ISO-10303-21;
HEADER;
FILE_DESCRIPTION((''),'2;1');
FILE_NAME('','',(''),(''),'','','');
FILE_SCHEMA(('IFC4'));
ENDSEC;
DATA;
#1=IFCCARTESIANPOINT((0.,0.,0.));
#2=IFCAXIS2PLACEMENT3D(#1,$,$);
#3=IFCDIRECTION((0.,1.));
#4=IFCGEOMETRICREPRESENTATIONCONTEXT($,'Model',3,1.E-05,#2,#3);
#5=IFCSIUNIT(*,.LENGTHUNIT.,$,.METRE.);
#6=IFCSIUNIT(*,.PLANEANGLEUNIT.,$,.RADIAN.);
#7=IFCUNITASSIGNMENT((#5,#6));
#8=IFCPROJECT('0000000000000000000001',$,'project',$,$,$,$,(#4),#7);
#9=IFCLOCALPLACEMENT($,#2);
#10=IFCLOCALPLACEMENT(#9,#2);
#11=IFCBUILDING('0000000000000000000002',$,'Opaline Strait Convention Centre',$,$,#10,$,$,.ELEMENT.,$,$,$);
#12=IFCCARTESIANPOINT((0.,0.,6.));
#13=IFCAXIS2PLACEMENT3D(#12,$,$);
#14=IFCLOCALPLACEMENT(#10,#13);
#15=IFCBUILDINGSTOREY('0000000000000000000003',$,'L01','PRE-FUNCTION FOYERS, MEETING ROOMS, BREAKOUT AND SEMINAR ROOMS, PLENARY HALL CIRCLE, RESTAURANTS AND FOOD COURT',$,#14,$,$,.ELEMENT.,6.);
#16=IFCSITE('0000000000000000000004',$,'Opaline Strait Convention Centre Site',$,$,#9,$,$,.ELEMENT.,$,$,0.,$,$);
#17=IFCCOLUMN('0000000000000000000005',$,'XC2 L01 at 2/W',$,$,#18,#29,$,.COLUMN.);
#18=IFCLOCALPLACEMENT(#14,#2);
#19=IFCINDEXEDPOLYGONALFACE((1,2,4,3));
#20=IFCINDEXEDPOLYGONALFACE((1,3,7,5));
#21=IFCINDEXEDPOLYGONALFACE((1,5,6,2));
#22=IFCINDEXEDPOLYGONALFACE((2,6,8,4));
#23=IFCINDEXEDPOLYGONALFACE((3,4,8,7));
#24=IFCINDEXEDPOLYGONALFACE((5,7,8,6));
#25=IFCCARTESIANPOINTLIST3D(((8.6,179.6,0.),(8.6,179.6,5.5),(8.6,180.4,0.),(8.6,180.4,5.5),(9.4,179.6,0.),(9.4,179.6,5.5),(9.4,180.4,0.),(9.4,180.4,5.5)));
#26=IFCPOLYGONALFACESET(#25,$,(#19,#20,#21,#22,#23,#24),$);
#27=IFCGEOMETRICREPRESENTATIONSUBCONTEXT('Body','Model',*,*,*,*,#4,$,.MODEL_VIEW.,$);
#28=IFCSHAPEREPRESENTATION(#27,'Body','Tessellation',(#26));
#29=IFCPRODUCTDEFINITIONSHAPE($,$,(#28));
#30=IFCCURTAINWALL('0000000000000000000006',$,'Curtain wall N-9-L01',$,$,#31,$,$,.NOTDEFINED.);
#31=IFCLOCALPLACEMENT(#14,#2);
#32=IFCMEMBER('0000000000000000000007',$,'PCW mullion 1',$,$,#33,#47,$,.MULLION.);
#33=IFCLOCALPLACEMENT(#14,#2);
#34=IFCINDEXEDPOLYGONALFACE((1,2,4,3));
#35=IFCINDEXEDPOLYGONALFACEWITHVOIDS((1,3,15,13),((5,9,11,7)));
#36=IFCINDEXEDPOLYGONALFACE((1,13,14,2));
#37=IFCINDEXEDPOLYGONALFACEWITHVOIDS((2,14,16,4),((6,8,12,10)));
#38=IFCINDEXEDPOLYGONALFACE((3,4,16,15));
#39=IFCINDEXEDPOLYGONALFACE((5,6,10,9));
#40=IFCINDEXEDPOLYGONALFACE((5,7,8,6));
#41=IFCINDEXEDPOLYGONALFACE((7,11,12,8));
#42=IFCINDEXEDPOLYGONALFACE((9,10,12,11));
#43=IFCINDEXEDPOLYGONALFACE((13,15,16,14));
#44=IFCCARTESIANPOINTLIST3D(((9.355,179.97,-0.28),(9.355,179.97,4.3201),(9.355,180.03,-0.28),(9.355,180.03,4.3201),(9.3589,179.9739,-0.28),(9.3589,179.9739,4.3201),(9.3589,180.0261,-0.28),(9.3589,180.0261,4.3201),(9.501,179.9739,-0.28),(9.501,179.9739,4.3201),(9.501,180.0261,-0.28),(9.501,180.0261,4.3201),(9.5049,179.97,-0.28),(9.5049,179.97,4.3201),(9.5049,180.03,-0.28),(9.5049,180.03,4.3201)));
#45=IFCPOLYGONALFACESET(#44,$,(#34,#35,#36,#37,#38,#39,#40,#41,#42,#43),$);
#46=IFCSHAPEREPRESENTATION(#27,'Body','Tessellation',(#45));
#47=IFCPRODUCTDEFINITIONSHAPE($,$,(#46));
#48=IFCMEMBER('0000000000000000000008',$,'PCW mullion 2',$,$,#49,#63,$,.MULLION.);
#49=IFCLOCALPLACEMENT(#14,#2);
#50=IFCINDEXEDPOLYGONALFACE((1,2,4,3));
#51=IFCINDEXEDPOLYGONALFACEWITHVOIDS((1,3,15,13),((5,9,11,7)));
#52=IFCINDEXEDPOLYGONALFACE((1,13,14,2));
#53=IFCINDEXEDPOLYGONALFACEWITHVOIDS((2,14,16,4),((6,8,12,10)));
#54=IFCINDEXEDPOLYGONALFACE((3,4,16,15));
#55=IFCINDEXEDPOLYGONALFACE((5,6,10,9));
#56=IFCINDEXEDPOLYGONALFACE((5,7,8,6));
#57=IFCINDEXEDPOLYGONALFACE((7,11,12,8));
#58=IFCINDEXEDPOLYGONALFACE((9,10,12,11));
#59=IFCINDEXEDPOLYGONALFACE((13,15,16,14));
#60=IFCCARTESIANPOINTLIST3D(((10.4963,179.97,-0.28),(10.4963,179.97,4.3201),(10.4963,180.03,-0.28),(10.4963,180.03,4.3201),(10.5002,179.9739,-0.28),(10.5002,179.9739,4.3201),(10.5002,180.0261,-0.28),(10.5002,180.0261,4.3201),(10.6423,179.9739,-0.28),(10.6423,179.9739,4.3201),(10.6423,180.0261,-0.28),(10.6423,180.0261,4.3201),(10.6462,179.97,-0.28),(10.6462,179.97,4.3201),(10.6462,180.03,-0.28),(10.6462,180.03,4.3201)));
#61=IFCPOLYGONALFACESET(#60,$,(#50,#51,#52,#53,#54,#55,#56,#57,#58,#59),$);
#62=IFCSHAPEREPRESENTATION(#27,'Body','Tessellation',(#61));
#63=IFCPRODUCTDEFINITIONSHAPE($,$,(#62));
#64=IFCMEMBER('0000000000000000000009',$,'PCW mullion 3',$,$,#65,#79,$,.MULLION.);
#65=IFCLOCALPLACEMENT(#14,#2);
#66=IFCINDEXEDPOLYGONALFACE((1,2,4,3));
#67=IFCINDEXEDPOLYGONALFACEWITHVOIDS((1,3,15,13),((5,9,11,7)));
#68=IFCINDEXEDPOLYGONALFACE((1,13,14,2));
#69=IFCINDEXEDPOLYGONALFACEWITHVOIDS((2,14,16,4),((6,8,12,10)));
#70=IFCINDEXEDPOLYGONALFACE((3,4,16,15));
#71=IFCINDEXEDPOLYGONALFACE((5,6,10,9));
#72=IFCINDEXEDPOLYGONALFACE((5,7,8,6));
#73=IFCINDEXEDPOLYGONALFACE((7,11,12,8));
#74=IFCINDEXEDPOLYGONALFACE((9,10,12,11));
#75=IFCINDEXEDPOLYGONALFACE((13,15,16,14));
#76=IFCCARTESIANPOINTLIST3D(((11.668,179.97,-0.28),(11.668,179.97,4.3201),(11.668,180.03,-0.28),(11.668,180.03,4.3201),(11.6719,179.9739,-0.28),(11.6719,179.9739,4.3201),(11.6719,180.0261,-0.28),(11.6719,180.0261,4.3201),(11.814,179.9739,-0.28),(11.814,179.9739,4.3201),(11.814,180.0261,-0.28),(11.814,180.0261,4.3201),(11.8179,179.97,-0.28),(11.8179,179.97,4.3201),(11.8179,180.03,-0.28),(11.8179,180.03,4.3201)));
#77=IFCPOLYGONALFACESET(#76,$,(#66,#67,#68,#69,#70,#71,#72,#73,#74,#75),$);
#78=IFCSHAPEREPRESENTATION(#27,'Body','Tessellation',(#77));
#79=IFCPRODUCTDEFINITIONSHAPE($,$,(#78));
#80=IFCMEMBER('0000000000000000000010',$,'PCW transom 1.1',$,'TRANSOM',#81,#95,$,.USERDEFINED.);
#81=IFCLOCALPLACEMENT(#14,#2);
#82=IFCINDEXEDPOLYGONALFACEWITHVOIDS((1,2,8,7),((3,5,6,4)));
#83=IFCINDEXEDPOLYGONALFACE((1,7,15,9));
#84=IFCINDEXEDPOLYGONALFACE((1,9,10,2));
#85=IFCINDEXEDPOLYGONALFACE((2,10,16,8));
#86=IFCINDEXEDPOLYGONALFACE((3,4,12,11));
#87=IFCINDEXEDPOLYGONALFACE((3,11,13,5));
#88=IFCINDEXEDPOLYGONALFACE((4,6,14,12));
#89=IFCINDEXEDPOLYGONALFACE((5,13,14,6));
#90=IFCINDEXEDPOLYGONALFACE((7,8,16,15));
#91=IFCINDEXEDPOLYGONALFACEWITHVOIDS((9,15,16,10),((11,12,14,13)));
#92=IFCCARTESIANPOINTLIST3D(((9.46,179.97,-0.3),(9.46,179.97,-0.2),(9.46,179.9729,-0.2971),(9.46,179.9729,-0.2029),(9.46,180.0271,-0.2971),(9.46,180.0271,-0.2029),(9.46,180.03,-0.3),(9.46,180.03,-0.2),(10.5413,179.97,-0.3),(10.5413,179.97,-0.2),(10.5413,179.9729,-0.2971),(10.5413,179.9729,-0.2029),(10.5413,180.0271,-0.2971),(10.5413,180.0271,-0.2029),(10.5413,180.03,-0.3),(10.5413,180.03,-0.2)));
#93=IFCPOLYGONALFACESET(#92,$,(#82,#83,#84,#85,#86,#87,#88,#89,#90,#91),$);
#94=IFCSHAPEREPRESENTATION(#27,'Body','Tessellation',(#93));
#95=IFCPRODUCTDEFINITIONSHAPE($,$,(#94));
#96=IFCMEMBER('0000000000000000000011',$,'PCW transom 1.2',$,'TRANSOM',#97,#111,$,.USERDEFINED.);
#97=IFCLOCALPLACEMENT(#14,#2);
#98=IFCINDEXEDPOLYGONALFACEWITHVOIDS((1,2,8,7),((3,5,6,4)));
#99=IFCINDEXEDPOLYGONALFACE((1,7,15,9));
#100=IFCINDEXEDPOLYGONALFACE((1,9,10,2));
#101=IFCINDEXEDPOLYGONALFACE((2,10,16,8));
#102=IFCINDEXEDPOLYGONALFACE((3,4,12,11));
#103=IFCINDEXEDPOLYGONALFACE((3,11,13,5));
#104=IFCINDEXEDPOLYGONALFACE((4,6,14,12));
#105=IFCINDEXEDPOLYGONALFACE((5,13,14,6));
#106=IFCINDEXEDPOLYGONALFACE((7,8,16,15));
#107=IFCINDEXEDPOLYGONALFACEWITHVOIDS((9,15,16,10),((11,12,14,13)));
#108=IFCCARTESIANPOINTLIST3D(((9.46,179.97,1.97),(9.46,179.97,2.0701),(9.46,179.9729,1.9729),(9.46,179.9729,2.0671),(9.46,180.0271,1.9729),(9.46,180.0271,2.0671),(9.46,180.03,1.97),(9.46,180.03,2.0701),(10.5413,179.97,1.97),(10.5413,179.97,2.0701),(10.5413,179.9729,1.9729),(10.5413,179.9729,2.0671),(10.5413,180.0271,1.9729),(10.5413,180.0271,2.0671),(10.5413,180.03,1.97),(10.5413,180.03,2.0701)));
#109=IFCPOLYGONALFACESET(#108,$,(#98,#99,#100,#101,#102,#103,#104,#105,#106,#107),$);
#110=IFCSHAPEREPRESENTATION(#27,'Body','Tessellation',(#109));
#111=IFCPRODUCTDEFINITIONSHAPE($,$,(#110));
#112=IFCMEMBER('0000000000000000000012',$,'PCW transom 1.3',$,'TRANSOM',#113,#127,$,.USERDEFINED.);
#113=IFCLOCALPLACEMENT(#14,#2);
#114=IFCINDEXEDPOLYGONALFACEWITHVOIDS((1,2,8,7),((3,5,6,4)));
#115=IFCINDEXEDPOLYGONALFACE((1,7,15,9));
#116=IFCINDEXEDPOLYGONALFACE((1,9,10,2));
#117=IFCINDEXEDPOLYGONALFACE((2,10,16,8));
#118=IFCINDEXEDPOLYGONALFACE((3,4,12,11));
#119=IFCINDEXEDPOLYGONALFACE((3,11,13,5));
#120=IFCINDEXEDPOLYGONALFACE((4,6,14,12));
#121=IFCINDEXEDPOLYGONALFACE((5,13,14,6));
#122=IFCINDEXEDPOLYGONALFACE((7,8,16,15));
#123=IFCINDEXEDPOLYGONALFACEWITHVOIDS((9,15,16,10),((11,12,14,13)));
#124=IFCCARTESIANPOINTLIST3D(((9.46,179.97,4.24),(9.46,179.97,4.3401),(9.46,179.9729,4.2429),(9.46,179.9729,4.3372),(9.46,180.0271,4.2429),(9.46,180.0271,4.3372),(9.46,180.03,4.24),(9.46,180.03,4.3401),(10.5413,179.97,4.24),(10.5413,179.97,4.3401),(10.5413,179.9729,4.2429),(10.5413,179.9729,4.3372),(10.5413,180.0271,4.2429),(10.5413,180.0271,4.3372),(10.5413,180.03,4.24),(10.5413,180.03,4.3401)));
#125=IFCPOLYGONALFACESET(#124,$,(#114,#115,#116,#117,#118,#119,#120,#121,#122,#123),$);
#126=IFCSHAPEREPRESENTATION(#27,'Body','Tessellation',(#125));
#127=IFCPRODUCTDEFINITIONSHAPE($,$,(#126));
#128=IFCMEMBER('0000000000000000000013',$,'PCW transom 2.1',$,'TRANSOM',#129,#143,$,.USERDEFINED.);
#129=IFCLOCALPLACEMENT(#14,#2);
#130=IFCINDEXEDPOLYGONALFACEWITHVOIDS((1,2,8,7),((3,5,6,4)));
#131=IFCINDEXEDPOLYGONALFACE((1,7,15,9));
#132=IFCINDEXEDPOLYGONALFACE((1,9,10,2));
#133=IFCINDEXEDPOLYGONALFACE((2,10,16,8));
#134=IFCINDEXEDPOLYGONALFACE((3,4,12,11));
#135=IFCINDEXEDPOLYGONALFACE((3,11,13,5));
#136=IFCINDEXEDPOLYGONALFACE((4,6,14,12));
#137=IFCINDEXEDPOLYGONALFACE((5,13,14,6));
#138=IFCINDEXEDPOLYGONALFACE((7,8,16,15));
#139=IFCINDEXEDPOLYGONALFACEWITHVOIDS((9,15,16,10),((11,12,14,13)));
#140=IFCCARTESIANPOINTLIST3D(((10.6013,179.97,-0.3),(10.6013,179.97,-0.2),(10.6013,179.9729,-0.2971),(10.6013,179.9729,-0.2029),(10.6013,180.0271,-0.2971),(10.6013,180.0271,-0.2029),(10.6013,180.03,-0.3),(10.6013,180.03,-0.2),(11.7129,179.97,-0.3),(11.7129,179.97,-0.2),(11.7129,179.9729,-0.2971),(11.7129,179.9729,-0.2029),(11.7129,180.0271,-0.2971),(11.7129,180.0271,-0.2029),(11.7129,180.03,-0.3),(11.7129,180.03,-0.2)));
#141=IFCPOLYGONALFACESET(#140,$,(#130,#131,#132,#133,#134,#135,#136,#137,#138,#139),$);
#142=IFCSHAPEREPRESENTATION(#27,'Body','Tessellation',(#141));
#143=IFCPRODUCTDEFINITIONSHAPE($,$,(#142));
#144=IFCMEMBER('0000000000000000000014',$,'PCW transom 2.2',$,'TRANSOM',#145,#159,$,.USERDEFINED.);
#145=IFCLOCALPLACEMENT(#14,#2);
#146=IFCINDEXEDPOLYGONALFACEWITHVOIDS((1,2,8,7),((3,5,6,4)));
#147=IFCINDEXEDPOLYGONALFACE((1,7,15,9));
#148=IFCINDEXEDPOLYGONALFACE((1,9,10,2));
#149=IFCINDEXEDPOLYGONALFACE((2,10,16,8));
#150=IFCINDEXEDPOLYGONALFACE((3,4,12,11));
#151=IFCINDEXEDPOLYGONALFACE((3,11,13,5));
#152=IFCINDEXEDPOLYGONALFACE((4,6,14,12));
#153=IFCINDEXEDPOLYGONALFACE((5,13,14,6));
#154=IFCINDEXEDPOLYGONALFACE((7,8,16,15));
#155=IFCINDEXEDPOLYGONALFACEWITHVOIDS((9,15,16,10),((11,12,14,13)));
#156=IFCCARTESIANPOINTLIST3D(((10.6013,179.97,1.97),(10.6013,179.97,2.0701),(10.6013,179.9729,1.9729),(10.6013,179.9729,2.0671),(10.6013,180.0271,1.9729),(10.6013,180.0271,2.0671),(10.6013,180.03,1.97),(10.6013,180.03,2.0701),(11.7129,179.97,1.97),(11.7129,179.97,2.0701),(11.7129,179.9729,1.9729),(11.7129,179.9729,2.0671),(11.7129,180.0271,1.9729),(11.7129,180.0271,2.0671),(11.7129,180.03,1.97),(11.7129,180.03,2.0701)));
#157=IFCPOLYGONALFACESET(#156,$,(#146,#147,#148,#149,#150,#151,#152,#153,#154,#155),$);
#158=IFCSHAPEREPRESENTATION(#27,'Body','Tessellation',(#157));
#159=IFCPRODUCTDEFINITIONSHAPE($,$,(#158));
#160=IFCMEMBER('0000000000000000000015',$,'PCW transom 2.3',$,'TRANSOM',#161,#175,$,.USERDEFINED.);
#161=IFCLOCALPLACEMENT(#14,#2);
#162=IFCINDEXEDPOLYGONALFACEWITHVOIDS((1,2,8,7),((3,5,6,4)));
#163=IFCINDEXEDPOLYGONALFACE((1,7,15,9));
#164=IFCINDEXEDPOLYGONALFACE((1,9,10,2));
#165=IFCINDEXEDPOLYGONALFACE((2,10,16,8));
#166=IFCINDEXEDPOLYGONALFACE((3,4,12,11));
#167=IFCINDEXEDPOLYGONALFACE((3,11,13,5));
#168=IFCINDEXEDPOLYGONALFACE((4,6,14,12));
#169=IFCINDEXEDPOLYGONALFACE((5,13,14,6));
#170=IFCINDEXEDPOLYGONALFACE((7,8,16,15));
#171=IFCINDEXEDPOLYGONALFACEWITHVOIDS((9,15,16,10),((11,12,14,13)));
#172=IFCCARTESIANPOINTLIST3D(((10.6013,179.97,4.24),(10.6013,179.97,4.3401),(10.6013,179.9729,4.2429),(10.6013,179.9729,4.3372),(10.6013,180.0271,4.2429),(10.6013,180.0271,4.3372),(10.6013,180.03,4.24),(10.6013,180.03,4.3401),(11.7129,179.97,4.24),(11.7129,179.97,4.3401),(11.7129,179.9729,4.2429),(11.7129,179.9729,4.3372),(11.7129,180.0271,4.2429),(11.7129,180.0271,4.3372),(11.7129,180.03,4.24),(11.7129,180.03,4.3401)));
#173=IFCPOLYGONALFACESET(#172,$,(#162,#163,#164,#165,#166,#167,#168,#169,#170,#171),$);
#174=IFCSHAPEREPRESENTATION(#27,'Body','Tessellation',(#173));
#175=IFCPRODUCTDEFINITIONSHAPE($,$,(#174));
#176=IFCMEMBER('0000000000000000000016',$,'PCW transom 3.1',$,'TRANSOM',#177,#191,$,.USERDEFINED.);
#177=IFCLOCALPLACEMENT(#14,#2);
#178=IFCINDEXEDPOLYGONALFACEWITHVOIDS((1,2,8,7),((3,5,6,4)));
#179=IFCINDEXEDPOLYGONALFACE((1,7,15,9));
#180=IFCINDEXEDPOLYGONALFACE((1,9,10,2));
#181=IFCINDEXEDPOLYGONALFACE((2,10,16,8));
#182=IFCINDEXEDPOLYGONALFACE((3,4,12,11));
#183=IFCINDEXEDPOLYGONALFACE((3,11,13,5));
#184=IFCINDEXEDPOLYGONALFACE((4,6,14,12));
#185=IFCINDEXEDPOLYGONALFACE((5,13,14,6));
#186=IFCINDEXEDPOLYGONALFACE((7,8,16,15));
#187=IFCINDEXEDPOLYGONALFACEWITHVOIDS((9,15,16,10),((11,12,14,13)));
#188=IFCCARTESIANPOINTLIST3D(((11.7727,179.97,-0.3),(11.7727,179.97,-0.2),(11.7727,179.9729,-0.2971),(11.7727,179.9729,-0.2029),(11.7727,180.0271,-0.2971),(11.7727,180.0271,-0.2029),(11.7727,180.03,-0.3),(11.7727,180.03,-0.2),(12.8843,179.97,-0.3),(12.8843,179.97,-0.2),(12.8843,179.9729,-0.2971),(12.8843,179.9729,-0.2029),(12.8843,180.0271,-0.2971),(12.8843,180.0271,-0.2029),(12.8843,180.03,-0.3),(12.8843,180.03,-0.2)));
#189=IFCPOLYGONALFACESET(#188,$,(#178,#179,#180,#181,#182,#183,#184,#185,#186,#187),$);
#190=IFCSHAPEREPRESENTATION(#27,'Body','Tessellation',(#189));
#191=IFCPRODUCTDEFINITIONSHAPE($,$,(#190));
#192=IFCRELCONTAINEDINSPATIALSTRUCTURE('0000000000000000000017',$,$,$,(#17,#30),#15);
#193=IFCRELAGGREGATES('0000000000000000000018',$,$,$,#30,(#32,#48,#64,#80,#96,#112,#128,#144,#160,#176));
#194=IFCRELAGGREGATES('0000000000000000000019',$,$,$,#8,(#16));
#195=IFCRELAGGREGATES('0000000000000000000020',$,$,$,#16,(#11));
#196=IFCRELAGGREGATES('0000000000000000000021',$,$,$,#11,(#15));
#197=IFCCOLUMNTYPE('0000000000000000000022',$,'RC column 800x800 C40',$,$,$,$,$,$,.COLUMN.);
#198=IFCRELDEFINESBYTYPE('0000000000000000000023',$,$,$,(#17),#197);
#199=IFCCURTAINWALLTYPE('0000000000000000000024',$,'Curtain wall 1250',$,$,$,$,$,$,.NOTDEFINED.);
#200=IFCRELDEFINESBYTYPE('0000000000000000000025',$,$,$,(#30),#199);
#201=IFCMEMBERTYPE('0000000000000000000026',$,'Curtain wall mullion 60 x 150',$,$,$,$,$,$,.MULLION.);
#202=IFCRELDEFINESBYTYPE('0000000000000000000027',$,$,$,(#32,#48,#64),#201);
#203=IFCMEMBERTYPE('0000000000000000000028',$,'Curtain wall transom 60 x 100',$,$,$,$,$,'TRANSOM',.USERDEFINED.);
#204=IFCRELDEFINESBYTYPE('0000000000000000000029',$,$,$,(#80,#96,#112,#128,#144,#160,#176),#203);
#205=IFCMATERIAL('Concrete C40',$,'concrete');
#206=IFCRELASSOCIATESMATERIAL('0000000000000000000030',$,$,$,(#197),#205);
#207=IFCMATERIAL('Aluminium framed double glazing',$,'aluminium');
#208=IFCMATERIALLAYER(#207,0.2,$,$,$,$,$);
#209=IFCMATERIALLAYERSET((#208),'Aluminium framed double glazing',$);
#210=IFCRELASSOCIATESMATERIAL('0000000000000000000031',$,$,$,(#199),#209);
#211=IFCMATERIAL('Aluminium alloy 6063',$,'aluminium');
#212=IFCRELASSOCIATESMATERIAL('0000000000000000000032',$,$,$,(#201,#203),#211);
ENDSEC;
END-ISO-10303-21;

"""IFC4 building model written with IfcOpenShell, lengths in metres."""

from ifc_helpers import new_model, si_unit, direction, frame, origin, origin_2d, place, context, subcontext, project, spatial, rectangle, hollow_rectangle, extrude, material, layer, layer_set, material_profile, profile_set, type_object, element, aggregate, save


model = new_model("IFC4")

# Units and contexts
model_context = context("Model", 3, precision=1e-05, world=origin(), true_north=direction((0.0, 1.0)))
body_context = subcontext(model_context, "Body", "Model", "MODEL_VIEW")
ifc_project = project(units=[si_unit("LENGTHUNIT", "METRE"), si_unit("PLANEANGLEUNIT", "RADIAN")], contexts=[model_context])

# Site, building, storey
site_placement = place(None, origin())
site = spatial("IfcSite", under=ifc_project, at=site_placement, Name="Opaline Strait Convention Centre Site", CompositionType="ELEMENT", RefElevation=0.0)
building_placement = place(site_placement, origin())
building = spatial("IfcBuilding", under=site, at=building_placement, Name="Opaline Strait Convention Centre", CompositionType="ELEMENT")
storey_placement = place(building_placement, frame((0.0, 0.0, 6.0)))
storey = spatial("IfcBuildingStorey", under=building, at=storey_placement, Name="L01", Description="PRE-FUNCTION FOYERS, MEETING ROOMS, BREAKOUT AND SEMINAR ROOMS, PLENARY HALL CIRCLE, RESTAURANTS AND FOOD COURT", CompositionType="ELEMENT", Elevation=6.0)

# Column
ifc_material_1 = material(Name="Concrete C40", Category="concrete")
ifc_material_profile_1 = material_profile(ifc_material_1, rectangle(XDim=0.8, YDim=0.8, at=origin_2d()), Name="RC 800x800")
ifc_profile_set_1 = profile_set([ifc_material_profile_1], Name="Concrete C40")
column_type = type_object("IfcColumnType", Name="RC column 800x800 C40", PredefinedType="COLUMN", material=ifc_profile_set_1)
column_placement = place(storey_placement, frame((9.0, 180.0, 0.0), z_axis=(0.0, 0.0, 1.0), x_axis=(1.0, 0.0, 0.0)))
element("IfcColumn", 1, at=column_placement, inside=storey, type_object=column_type, Name="XC2 L01 at 2/W", PredefinedType="COLUMN", context=body_context, shape_type="SweptSolid", body=[
    extrude(rectangle(XDim=0.8, YDim=0.8, at=origin_2d()), origin(), (0.0, 0.0, 1.0), 5.5),
])

# Curtain wall, members
ifc_material_2 = material(Name="Aluminium framed double glazing", Category="aluminium")
ifc_layer_1 = layer(ifc_material_2, 0.2)
ifc_layer_set_1 = layer_set([ifc_layer_1], Name="Aluminium framed double glazing")
curtain_wall_type = type_object("IfcCurtainWallType", Name="Curtain wall 1250", PredefinedType="NOTDEFINED", material=ifc_layer_set_1)
curtain_wall_placement = place(storey_placement, origin())
curtain_wall = element("IfcCurtainWall", 2, at=curtain_wall_placement, inside=storey, type_object=curtain_wall_type, Name="Curtain wall N-9-L01", PredefinedType="NOTDEFINED")
ifc_material_3 = material(Name="Aluminium alloy 6063", Category="aluminium")
ifc_material_profile_2 = material_profile(ifc_material_3, hollow_rectangle(XDim=0.0601, YDim=0.1499, WallThickness=0.0039, at=origin_2d()), Name="MULLION 60x150x4")
ifc_profile_set_2 = profile_set([ifc_material_profile_2], Name="Aluminium alloy 6063")
member_type_1 = type_object("IfcMemberType", Name="Curtain wall mullion 60 x 150", PredefinedType="MULLION", material=ifc_profile_set_2)
member_1_placement = place(storey_placement, frame((9.4299, 180.0, -0.28), z_axis=(0.0, 0.0, 1.0), x_axis=(0.0, 1.0, 0.0)))
member_1 = element("IfcMember", 3, at=member_1_placement, type_object=member_type_1, Name="PCW mullion 1", PredefinedType="MULLION", context=body_context, shape_type="SweptSolid", body=[
    extrude(hollow_rectangle(XDim=0.0601, YDim=0.1499, WallThickness=0.0039, at=origin_2d()), origin(), (0.0, 0.0, 1.0), 4.6001),
])
member_2_placement = place(storey_placement, frame((10.5713, 180.0, -0.28), z_axis=(0.0, 0.0, 1.0), x_axis=(0.0, 1.0, 0.0)))
member_2 = element("IfcMember", 4, at=member_2_placement, type_object=member_type_1, Name="PCW mullion 2", PredefinedType="MULLION", context=body_context, shape_type="SweptSolid", body=[
    extrude(hollow_rectangle(XDim=0.0601, YDim=0.1499, WallThickness=0.0039, at=origin_2d()), origin(), (0.0, 0.0, 1.0), 4.6001),
])
member_3_placement = place(storey_placement, frame((11.7429, 180.0, -0.28), z_axis=(0.0, 0.0, 1.0), x_axis=(0.0, 1.0, 0.0)))
member_3 = element("IfcMember", 5, at=member_3_placement, type_object=member_type_1, Name="PCW mullion 3", PredefinedType="MULLION", context=body_context, shape_type="SweptSolid", body=[
    extrude(hollow_rectangle(XDim=0.0601, YDim=0.1499, WallThickness=0.0039, at=origin_2d()), origin(), (0.0, 0.0, 1.0), 4.6001),
])
ifc_material_profile_3 = material_profile(ifc_material_3, hollow_rectangle(XDim=0.0601, YDim=0.1001, WallThickness=0.0029, at=origin_2d()), Name="TRANSOM 60x100x3")
ifc_profile_set_3 = profile_set([ifc_material_profile_3], Name="Aluminium alloy 6063")
member_type_2 = type_object("IfcMemberType", Name="Curtain wall transom 60 x 100", ElementType="TRANSOM", PredefinedType="USERDEFINED", material=ifc_profile_set_3)
member_4_placement = place(storey_placement, frame((9.46, 180.0, -0.25), z_axis=(1.0, 0.0, 0.0), x_axis=(0.0, 1.0, 0.0)))
member_4 = element("IfcMember", 6, at=member_4_placement, type_object=member_type_2, Name="PCW transom 1.1", ObjectType="TRANSOM", PredefinedType="USERDEFINED", context=body_context, shape_type="SweptSolid", body=[
    extrude(hollow_rectangle(XDim=0.0601, YDim=0.1001, WallThickness=0.0029, at=origin_2d()), origin(), (0.0, 0.0, 1.0), 1.0813),
])
member_5_placement = place(storey_placement, frame((9.46, 180.0, 2.02), z_axis=(1.0, 0.0, 0.0), x_axis=(0.0, 1.0, 0.0)))
member_5 = element("IfcMember", 7, at=member_5_placement, type_object=member_type_2, Name="PCW transom 1.2", ObjectType="TRANSOM", PredefinedType="USERDEFINED", context=body_context, shape_type="SweptSolid", body=[
    extrude(hollow_rectangle(XDim=0.0601, YDim=0.1001, WallThickness=0.0029, at=origin_2d()), origin(), (0.0, 0.0, 1.0), 1.0813),
])
member_6_placement = place(storey_placement, frame((9.46, 180.0, 4.29), z_axis=(1.0, 0.0, 0.0), x_axis=(0.0, 1.0, 0.0)))
member_6 = element("IfcMember", 8, at=member_6_placement, type_object=member_type_2, Name="PCW transom 1.3", ObjectType="TRANSOM", PredefinedType="USERDEFINED", context=body_context, shape_type="SweptSolid", body=[
    extrude(hollow_rectangle(XDim=0.0601, YDim=0.1001, WallThickness=0.0029, at=origin_2d()), origin(), (0.0, 0.0, 1.0), 1.0813),
])
member_7_placement = place(storey_placement, frame((10.6013, 180.0, -0.25), z_axis=(1.0, 0.0, 0.0), x_axis=(0.0, 1.0, 0.0)))
member_7 = element("IfcMember", 9, at=member_7_placement, type_object=member_type_2, Name="PCW transom 2.1", ObjectType="TRANSOM", PredefinedType="USERDEFINED", context=body_context, shape_type="SweptSolid", body=[
    extrude(hollow_rectangle(XDim=0.0601, YDim=0.1001, WallThickness=0.0029, at=origin_2d()), origin(), (0.0, 0.0, 1.0), 1.1116),
])
member_8_placement = place(storey_placement, frame((10.6013, 180.0, 2.02), z_axis=(1.0, 0.0, 0.0), x_axis=(0.0, 1.0, 0.0)))
member_8 = element("IfcMember", 10, at=member_8_placement, type_object=member_type_2, Name="PCW transom 2.2", ObjectType="TRANSOM", PredefinedType="USERDEFINED", context=body_context, shape_type="SweptSolid", body=[
    extrude(hollow_rectangle(XDim=0.0601, YDim=0.1001, WallThickness=0.0029, at=origin_2d()), origin(), (0.0, 0.0, 1.0), 1.1116),
])
member_9_placement = place(storey_placement, frame((10.6013, 180.0, 4.29), z_axis=(1.0, 0.0, 0.0), x_axis=(0.0, 1.0, 0.0)))
member_9 = element("IfcMember", 11, at=member_9_placement, type_object=member_type_2, Name="PCW transom 2.3", ObjectType="TRANSOM", PredefinedType="USERDEFINED", context=body_context, shape_type="SweptSolid", body=[
    extrude(hollow_rectangle(XDim=0.0601, YDim=0.1001, WallThickness=0.0029, at=origin_2d()), origin(), (0.0, 0.0, 1.0), 1.1116),
])
member_10_placement = place(storey_placement, frame((11.7727, 180.0, -0.25), z_axis=(1.0, 0.0, 0.0), x_axis=(0.0, 1.0, 0.0)))
member_10 = element("IfcMember", 12, at=member_10_placement, type_object=member_type_2, Name="PCW transom 3.1", ObjectType="TRANSOM", PredefinedType="USERDEFINED", context=body_context, shape_type="SweptSolid", body=[
    extrude(hollow_rectangle(XDim=0.0601, YDim=0.1001, WallThickness=0.0029, at=origin_2d()), origin(), (0.0, 0.0, 1.0), 1.1116),
])

aggregate(curtain_wall, [member_1, member_2, member_3, member_4, member_5, member_6, member_7, member_8, member_9, member_10])

save(model, "model.ifc")
